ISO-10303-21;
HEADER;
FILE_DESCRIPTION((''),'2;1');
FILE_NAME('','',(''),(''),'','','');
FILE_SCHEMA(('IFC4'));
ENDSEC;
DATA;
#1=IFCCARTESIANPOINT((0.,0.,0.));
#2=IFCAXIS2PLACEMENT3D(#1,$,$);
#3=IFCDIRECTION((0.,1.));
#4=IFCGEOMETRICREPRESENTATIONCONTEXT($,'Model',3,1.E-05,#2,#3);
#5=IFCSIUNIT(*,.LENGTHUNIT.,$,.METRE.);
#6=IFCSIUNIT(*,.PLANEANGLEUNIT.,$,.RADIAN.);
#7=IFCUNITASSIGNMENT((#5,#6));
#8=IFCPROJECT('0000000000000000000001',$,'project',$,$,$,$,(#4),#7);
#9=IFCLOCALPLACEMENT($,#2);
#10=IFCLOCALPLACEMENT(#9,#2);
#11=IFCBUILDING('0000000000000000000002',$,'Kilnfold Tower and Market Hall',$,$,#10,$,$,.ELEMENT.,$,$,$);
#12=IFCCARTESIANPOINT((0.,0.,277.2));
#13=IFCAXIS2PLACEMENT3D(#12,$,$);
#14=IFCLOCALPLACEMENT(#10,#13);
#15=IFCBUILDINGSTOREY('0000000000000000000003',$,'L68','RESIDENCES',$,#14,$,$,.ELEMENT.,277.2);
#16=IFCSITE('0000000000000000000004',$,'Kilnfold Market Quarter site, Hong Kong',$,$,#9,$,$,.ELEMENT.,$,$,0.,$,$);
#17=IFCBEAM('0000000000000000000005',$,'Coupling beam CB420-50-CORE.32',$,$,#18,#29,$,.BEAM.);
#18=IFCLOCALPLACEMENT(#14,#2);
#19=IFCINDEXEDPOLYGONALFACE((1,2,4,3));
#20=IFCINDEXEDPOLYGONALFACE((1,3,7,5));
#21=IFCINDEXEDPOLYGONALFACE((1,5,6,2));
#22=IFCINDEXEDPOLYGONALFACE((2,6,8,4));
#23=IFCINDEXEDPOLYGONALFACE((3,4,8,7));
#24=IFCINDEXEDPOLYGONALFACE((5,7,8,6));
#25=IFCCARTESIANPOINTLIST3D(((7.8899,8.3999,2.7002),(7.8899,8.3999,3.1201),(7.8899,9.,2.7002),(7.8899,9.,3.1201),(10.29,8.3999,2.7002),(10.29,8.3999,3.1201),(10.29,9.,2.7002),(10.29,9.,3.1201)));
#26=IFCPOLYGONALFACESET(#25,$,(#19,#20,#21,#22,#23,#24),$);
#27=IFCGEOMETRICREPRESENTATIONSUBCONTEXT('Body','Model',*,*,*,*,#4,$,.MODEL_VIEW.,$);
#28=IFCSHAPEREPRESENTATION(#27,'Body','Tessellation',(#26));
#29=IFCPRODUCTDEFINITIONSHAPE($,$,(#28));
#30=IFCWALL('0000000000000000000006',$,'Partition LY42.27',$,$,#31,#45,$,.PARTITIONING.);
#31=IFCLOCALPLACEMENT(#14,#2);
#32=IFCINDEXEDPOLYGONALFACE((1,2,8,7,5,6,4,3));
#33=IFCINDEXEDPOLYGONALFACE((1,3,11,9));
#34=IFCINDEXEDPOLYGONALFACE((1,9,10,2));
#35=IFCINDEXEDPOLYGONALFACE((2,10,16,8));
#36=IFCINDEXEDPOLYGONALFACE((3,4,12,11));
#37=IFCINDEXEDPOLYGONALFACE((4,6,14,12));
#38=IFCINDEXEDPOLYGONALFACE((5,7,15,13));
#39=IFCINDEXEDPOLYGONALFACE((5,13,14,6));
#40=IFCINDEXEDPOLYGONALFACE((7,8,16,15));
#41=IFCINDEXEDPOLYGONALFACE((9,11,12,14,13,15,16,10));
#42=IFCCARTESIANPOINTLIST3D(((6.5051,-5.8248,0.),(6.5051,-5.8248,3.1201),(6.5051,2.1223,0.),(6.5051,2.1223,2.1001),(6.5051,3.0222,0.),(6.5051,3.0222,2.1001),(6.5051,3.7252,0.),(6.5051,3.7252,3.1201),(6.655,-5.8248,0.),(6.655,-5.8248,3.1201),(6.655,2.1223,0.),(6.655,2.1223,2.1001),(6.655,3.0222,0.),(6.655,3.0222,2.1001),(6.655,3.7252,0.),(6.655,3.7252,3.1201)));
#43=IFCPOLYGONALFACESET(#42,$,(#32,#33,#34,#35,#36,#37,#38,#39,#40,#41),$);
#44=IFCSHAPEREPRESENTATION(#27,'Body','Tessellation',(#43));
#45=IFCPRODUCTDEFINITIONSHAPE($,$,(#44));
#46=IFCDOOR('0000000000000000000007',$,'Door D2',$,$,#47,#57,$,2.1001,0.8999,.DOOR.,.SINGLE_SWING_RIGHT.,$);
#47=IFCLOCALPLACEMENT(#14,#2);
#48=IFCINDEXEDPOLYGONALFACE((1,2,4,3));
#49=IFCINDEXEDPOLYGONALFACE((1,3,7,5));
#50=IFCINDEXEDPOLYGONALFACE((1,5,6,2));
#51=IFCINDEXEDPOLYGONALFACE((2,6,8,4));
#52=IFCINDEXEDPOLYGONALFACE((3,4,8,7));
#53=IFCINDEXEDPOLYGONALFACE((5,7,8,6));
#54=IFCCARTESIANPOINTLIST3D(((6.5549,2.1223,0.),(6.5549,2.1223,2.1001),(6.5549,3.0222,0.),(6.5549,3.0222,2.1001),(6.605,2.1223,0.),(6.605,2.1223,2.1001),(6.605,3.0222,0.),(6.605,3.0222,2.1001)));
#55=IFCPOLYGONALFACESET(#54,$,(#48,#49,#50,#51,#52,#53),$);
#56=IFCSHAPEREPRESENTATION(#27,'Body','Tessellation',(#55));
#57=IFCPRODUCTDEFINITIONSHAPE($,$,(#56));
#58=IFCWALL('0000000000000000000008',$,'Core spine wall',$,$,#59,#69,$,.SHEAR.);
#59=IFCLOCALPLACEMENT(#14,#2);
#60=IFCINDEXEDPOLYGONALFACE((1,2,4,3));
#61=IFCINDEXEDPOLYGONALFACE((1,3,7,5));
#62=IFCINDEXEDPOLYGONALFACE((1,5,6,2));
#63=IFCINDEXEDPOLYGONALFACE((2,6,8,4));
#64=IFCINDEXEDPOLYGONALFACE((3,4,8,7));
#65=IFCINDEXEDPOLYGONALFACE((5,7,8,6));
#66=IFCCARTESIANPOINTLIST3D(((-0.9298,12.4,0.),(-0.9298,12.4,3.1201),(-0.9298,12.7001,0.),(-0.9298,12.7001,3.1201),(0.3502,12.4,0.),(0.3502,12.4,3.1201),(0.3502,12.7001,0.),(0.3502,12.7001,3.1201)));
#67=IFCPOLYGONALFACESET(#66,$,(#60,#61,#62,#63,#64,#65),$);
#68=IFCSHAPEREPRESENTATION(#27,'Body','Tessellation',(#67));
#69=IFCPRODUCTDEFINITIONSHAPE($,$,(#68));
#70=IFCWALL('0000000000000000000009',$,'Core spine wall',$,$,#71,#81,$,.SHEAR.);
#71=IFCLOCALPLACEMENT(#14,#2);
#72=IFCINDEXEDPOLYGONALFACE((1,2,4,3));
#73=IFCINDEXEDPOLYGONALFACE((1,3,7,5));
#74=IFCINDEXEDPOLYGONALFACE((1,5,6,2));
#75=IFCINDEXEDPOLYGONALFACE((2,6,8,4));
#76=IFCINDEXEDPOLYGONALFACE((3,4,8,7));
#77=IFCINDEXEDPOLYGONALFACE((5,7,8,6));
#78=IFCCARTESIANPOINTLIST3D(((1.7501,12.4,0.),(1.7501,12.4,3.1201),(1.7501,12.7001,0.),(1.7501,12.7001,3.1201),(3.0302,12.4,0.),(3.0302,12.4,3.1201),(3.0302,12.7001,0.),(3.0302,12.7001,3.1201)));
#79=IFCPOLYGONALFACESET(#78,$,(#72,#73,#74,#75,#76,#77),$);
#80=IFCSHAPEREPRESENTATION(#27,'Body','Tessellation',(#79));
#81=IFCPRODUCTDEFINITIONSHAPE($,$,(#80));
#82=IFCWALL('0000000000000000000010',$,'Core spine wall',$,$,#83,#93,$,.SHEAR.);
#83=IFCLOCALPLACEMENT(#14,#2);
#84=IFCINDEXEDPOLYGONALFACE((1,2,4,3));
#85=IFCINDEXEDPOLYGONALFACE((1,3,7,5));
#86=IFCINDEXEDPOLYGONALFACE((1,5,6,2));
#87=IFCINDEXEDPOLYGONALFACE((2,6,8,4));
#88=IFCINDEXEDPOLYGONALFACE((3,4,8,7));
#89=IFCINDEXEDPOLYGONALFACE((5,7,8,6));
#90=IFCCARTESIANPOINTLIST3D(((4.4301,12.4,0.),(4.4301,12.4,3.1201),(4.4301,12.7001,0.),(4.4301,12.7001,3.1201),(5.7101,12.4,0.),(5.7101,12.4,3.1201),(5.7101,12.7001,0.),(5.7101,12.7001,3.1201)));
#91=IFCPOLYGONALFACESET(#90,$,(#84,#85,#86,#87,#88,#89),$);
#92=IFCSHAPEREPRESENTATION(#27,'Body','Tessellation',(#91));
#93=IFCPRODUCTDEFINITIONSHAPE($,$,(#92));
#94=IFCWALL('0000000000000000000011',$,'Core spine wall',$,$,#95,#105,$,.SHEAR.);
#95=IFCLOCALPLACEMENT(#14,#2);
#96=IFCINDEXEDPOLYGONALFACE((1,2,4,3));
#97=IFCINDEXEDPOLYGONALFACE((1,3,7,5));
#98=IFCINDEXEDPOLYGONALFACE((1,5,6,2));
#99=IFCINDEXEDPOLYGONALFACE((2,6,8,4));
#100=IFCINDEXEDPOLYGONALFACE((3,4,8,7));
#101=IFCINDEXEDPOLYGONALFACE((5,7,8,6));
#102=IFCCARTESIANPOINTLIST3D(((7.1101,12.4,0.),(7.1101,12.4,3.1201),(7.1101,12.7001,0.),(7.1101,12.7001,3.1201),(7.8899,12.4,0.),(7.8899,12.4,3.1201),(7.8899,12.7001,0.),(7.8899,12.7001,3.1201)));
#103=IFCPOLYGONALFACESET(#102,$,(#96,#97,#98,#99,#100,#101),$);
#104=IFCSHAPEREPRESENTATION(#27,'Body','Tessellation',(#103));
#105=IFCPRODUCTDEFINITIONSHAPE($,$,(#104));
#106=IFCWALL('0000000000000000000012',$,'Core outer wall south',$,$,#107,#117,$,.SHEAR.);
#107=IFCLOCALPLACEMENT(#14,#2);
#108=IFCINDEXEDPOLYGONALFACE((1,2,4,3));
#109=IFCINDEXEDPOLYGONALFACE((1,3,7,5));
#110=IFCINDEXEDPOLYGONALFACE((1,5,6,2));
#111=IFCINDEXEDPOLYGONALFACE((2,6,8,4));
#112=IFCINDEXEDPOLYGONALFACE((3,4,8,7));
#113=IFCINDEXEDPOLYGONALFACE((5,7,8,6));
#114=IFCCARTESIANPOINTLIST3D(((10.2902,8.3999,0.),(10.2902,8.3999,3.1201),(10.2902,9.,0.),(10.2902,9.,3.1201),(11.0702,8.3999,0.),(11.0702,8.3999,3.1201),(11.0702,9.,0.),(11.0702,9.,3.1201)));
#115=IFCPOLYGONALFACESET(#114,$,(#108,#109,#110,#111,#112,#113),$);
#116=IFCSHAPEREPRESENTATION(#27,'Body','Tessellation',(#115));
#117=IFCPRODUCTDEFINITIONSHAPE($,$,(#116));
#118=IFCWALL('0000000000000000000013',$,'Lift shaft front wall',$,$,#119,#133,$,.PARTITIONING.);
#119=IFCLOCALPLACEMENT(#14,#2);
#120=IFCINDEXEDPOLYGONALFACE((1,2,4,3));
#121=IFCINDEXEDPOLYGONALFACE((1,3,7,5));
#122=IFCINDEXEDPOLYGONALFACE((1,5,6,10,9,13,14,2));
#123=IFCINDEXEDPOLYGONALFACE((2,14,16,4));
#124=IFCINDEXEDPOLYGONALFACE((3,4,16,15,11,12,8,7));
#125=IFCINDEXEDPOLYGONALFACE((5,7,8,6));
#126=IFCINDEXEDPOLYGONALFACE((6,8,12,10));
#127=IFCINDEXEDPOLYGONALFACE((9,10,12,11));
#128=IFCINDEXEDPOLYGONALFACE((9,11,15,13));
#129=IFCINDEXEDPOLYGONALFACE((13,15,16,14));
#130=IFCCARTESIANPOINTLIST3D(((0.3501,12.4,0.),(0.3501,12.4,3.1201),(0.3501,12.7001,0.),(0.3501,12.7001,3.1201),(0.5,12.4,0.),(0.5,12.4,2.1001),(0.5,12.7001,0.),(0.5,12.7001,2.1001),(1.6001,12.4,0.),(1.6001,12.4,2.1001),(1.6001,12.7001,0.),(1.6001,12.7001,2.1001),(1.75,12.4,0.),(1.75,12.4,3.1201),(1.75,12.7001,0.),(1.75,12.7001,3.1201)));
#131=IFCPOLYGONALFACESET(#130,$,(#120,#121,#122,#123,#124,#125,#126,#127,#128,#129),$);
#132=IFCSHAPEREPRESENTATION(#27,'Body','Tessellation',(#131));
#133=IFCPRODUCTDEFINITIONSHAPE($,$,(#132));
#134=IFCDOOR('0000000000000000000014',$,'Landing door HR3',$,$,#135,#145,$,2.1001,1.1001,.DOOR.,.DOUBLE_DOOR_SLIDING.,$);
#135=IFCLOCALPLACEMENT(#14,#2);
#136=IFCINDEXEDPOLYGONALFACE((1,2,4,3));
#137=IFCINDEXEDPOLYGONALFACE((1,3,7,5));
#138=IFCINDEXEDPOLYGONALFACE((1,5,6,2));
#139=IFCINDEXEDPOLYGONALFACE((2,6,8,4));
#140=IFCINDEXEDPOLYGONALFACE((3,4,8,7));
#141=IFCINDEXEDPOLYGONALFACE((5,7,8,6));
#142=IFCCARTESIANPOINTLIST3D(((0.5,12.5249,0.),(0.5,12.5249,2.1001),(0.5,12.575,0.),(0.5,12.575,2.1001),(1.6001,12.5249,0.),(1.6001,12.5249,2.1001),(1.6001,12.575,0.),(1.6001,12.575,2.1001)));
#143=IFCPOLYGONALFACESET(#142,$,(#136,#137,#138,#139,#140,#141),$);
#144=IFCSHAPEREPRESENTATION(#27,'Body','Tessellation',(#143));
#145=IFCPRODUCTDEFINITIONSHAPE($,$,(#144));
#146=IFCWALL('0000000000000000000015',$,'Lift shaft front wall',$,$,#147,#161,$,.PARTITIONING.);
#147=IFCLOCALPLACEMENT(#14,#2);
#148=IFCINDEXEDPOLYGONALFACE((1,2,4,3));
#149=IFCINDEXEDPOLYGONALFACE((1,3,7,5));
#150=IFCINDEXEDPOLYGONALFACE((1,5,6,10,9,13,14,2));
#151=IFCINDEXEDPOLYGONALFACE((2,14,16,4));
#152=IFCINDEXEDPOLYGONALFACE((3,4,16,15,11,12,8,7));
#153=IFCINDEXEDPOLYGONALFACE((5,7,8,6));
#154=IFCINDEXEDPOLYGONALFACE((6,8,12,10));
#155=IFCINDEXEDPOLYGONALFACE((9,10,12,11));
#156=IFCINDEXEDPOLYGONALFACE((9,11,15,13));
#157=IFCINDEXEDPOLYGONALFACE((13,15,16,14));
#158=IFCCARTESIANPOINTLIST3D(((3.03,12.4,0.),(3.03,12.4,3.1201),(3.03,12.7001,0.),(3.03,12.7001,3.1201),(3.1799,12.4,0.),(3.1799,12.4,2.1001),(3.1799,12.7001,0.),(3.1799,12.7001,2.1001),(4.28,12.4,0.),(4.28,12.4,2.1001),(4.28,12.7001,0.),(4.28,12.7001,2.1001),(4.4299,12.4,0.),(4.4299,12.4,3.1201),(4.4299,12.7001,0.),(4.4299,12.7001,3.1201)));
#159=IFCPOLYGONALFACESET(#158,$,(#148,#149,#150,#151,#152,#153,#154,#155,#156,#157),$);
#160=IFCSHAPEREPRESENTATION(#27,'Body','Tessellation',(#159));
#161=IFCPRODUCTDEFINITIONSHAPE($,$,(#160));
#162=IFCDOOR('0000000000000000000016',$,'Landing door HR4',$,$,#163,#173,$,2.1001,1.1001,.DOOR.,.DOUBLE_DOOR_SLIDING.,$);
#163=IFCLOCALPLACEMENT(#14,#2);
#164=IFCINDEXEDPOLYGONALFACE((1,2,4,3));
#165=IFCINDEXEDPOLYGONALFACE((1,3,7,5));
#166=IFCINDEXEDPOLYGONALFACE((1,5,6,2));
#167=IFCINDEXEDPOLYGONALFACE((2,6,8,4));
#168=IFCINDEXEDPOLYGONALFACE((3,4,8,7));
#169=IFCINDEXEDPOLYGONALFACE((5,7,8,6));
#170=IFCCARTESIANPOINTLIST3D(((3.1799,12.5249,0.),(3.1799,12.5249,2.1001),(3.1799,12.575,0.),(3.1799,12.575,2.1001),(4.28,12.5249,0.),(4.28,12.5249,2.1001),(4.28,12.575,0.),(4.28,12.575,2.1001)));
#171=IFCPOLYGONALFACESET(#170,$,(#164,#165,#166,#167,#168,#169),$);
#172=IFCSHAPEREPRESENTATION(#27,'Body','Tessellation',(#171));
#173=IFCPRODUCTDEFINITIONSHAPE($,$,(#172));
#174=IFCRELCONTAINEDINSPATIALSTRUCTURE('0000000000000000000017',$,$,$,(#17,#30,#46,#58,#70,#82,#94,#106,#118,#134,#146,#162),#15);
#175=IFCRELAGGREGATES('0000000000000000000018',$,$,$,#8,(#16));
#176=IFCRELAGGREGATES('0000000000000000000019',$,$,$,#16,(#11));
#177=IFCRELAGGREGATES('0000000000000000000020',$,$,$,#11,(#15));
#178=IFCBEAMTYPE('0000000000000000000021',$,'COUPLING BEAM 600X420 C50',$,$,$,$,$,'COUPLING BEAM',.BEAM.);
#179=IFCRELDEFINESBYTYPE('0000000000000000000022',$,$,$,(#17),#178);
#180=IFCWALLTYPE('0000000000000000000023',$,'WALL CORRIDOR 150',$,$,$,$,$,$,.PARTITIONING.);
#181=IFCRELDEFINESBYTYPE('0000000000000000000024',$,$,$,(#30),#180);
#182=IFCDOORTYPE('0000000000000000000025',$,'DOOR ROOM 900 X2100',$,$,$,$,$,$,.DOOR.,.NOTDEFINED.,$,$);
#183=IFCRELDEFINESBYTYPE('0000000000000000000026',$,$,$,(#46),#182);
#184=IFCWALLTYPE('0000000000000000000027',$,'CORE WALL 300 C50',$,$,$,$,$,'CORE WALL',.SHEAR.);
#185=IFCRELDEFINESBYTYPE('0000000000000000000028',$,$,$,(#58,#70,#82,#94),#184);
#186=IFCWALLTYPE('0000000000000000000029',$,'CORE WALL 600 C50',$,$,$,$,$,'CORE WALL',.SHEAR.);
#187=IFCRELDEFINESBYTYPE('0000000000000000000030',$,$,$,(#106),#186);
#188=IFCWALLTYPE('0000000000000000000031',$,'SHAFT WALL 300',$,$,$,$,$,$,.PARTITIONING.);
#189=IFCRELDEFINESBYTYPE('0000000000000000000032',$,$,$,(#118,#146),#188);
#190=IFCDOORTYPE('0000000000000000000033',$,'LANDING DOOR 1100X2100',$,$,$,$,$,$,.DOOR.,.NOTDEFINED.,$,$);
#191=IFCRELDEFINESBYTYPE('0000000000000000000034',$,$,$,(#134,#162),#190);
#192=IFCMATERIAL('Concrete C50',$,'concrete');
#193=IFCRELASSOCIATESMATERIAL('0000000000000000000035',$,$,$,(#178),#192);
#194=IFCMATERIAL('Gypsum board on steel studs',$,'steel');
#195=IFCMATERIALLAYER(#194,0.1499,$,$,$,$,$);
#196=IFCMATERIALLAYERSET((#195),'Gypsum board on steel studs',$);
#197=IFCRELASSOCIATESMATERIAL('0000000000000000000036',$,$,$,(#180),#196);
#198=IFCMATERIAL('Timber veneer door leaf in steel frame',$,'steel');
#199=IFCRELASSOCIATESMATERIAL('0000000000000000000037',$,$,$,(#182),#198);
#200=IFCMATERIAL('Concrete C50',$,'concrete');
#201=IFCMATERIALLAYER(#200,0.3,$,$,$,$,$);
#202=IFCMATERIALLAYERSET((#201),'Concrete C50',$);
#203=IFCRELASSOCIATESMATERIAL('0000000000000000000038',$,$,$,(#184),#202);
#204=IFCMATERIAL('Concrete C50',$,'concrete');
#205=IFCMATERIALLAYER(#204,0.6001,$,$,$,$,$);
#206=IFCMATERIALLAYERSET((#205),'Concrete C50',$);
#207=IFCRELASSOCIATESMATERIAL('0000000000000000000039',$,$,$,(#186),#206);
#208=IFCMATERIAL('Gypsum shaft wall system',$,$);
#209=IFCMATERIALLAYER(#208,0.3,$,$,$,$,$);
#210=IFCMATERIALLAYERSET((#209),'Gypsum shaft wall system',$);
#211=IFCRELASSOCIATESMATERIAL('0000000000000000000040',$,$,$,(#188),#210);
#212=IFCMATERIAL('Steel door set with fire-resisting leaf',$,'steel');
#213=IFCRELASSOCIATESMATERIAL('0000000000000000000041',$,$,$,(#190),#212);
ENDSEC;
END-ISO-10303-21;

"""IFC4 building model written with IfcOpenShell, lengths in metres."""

from ifc_helpers import new_model, si_unit, direction, frame, frame_2d, origin, origin_2d, place, context, subcontext, project, spatial, rectangle, extrude, source, transform, mapped, material, layer, layer_set, material_profile, profile_set, type_object, element, fill, save


model = new_model("IFC4")

# Units and contexts
model_context = context("Model", 3, precision=1e-05, world=origin(), true_north=direction((0.0, 1.0)))
body_context = subcontext(model_context, "Body", "Model", "MODEL_VIEW")
ifc_project = project(units=[si_unit("LENGTHUNIT", "METRE"), si_unit("PLANEANGLEUNIT", "RADIAN")], contexts=[model_context])

# Site, building, storey
site_placement = place(None, origin())
site = spatial("IfcSite", under=ifc_project, at=site_placement, Name="Kilnfold Market Quarter site, Hong Kong", CompositionType="ELEMENT", RefElevation=0.0)
building_placement = place(site_placement, origin())
building = spatial("IfcBuilding", under=site, at=building_placement, Name="Kilnfold Tower and Market Hall", CompositionType="ELEMENT")
storey_placement = place(building_placement, frame((0.0, 0.0, 277.2)))
storey = spatial("IfcBuildingStorey", under=building, at=storey_placement, Name="L68", Description="RESIDENCES", CompositionType="ELEMENT", Elevation=277.2)

# Beam
ifc_material_1 = material(Name="Concrete C50", Category="concrete")
ifc_material_profile = material_profile(ifc_material_1, rectangle(XDim=0.6001, YDim=0.4199, at=origin_2d()), Name="RC 600x420")
ifc_profile_set = profile_set([ifc_material_profile], Name="Concrete C50")
beam_type = type_object("IfcBeamType", Name="COUPLING BEAM 600X420 C50", ElementType="COUPLING BEAM", PredefinedType="BEAM", material=ifc_profile_set)
shared_shape_1 = source(origin(), body_context, "Body", "SweptSolid", [
    extrude(rectangle(XDim=0.6001, YDim=0.4199, at=origin_2d()), origin(), (0.0, 0.0, 1.0), 2.4001),
])
beam_placement = place(storey_placement, frame((7.8899, 8.7, 2.9102), z_axis=(1.0, 0.0, 0.0), x_axis=(0.0, 1.0, 0.0)))
element("IfcBeam", 1, at=beam_placement, inside=storey, type_object=beam_type, Name="Coupling beam CB420-50-CORE.32", PredefinedType="BEAM", context=body_context, shape_type="MappedRepresentation", body=[
    mapped(shared_shape_1, transform((0.0, 0.0, 0.0))),
])

# Wall, opening, door
ifc_material_2 = material(Name="Gypsum board on steel studs", Category="steel")
ifc_layer_1 = layer(ifc_material_2, 0.1499)
ifc_layer_set_1 = layer_set([ifc_layer_1], Name="Gypsum board on steel studs")
wall_type_1 = type_object("IfcWallType", Name="WALL CORRIDOR 150", PredefinedType="PARTITIONING", material=ifc_layer_set_1)
wall_1_placement = place(storey_placement, frame((6.5801, 3.7251, 0.0), z_axis=(0.0, 0.0, 1.0), x_axis=(0.0, -1.0, 0.0)))
wall_1 = element("IfcWall", 2, at=wall_1_placement, inside=storey, type_object=wall_type_1, Name="Partition LY42.27", PredefinedType="PARTITIONING", context=body_context, shape_type="SweptSolid", body=[
    extrude(rectangle(XDim=9.55, YDim=0.1499, at=frame_2d((4.7749, 0.0))), origin(), (0.0, 0.0, 1.0), 3.1201),
])
opening_1_placement = place(wall_1_placement, frame((0.7029, 0.0, 0.0)))
opening_1 = element("IfcOpeningElement", 3, at=opening_1_placement, cuts=wall_1, PredefinedType="OPENING", context=body_context, shape_type="SweptSolid", body=[
    extrude(rectangle(XDim=0.8999, YDim=2.1001, at=frame_2d((0.45, 1.05))), frame((0.0, 0.085, 0.0), z_axis=(0.0, -1.0, 0.0), x_axis=(1.0, 0.0, 0.0)), (0.0, 0.0, 1.0), 0.1699),
])
ifc_material_3 = material(Name="Timber veneer door leaf in steel frame", Category="steel")
door_type_1 = type_object("IfcDoorType", Name="DOOR ROOM 900 X2100", OperationType="NOTDEFINED", PredefinedType="DOOR", material=ifc_material_3)
door_1_placement = place(opening_1_placement, origin())
door_1 = element("IfcDoor", 4, at=door_1_placement, inside=storey, type_object=door_type_1, Name="Door D2", OperationType="SINGLE_SWING_RIGHT", OverallHeight=2.1001, OverallWidth=0.8999, PredefinedType="DOOR", context=body_context, shape_type="SweptSolid", body=[
    extrude(rectangle(XDim=0.8999, YDim=2.1001, at=frame_2d((0.45, 1.05))), frame((0.0, 0.0249, 0.0), z_axis=(0.0, -1.0, 0.0), x_axis=(1.0, 0.0, 0.0)), (0.0, 0.0, 1.0), 0.05),
])
fill(opening_1, door_1)

# Walls
ifc_material_4 = material(Name="Concrete C50", Category="concrete")
ifc_layer_2 = layer(ifc_material_4, 0.3)
ifc_layer_set_2 = layer_set([ifc_layer_2], Name="Concrete C50")
wall_type_2 = type_object("IfcWallType", Name="CORE WALL 300 C50", ElementType="CORE WALL", PredefinedType="SHEAR", material=ifc_layer_set_2)
shared_shape_2 = source(origin(), body_context, "Body", "SweptSolid", [
    extrude(rectangle(XDim=1.28, YDim=0.3, at=frame_2d((0.6401, 0.0))), origin(), (0.0, 0.0, 1.0), 3.1201),
])
for number, where, z_axis, x_axis, name in (
    (5, (-0.9299, 12.55, 0.0), (0.0, 0.0, 1.0), (1.0, 0.0, 0.0), "Core spine wall"),
    (6, (1.75, 12.55, 0.0), (0.0, 0.0, 1.0), (1.0, 0.0, 0.0), "Core spine wall"),
    (7, (4.4299, 12.55, 0.0), (0.0, 0.0, 1.0), (1.0, 0.0, 0.0), "Core spine wall"),
):
    element("IfcWall", number, at=place(storey_placement, frame(where, z_axis=z_axis, x_axis=x_axis)), inside=storey, type_object=wall_type_2, Name=name, PredefinedType="SHEAR", context=body_context, shape_type="MappedRepresentation", body=[
        mapped(shared_shape_2, transform((0.0, 0.0, 0.0))),
    ])
shared_shape_3 = source(origin(), body_context, "Body", "SweptSolid", [
    extrude(rectangle(XDim=0.7798, YDim=0.3, at=frame_2d((0.3899, 0.0))), origin(), (0.0, 0.0, 1.0), 3.1201),
])
wall_2_placement = place(storey_placement, frame((7.1101, 12.55, 0.0), z_axis=(0.0, 0.0, 1.0), x_axis=(1.0, 0.0, 0.0)))
element("IfcWall", 8, at=wall_2_placement, inside=storey, type_object=wall_type_2, Name="Core spine wall", PredefinedType="SHEAR", context=body_context, shape_type="MappedRepresentation", body=[
    mapped(shared_shape_3, transform((0.0, 0.0, 0.0))),
])
ifc_material_5 = material(Name="Concrete C50", Category="concrete")
ifc_layer_3 = layer(ifc_material_5, 0.6001)
ifc_layer_set_3 = layer_set([ifc_layer_3], Name="Concrete C50")
wall_type_3 = type_object("IfcWallType", Name="CORE WALL 600 C50", ElementType="CORE WALL", PredefinedType="SHEAR", material=ifc_layer_set_3)
shared_shape_4 = source(origin(), body_context, "Body", "SweptSolid", [
    extrude(rectangle(XDim=0.78, YDim=0.6001, at=frame_2d((0.3901, 0.0))), origin(), (0.0, 0.0, 1.0), 3.1201),
])
wall_3_placement = place(storey_placement, frame((10.29, 8.7, 0.0), z_axis=(0.0, 0.0, 1.0), x_axis=(1.0, 0.0, 0.0)))
element("IfcWall", 9, at=wall_3_placement, inside=storey, type_object=wall_type_3, Name="Core outer wall south", PredefinedType="SHEAR", context=body_context, shape_type="MappedRepresentation", body=[
    mapped(shared_shape_4, transform((0.0, 0.0, 0.0))),
])

# Walls, openings, doors
ifc_material_6 = material(Name="Gypsum shaft wall system")
ifc_layer_4 = layer(ifc_material_6, 0.3)
ifc_layer_set_4 = layer_set([ifc_layer_4], Name="Gypsum shaft wall system")
wall_type_4 = type_object("IfcWallType", Name="SHAFT WALL 300", PredefinedType="PARTITIONING", material=ifc_layer_set_4)
shared_shape_5 = source(origin(), body_context, "Body", "SweptSolid", [
    extrude(rectangle(XDim=1.3999, YDim=0.3, at=frame_2d((0.7, 0.0))), origin(), (0.0, 0.0, 1.0), 3.1201),
])
wall_4_placement = place(storey_placement, frame((0.3501, 12.55, 0.0), z_axis=(0.0, 0.0, 1.0), x_axis=(1.0, 0.0, 0.0)))
wall_4 = element("IfcWall", 10, at=wall_4_placement, inside=storey, type_object=wall_type_4, Name="Lift shaft front wall", PredefinedType="PARTITIONING", context=body_context, shape_type="MappedRepresentation", body=[
    mapped(shared_shape_5, transform((0.0, 0.0, 0.0))),
])
opening_2_placement = place(wall_4_placement, frame((0.1499, 0.0, 0.0)))
opening_2 = element("IfcOpeningElement", 11, at=opening_2_placement, cuts=wall_4, PredefinedType="OPENING", context=body_context, shape_type="SweptSolid", body=[
    extrude(rectangle(XDim=1.1001, YDim=2.1001, at=frame_2d((0.55, 1.05))), frame((0.0, 0.1602, 0.0), z_axis=(0.0, -1.0, 0.0), x_axis=(1.0, 0.0, 0.0)), (0.0, 0.0, 1.0), 0.3201),
])
ifc_material_7 = material(Name="Steel door set with fire-resisting leaf", Category="steel")
door_type_2 = type_object("IfcDoorType", Name="LANDING DOOR 1100X2100", OperationType="NOTDEFINED", PredefinedType="DOOR", material=ifc_material_7)
door_2_placement = place(opening_2_placement, origin())
door_2 = element("IfcDoor", 12, at=door_2_placement, inside=storey, type_object=door_type_2, Name="Landing door HR3", OperationType="DOUBLE_DOOR_SLIDING", OverallHeight=2.1001, OverallWidth=1.1001, PredefinedType="DOOR", context=body_context, shape_type="SweptSolid", body=[
    extrude(rectangle(XDim=1.1001, YDim=2.1001, at=frame_2d((0.55, 1.05))), frame((0.0, 0.0249, 0.0), z_axis=(0.0, -1.0, 0.0), x_axis=(1.0, 0.0, 0.0)), (0.0, 0.0, 1.0), 0.05),
])
fill(opening_2, door_2)
wall_5_placement = place(storey_placement, frame((3.03, 12.55, 0.0), z_axis=(0.0, 0.0, 1.0), x_axis=(1.0, 0.0, 0.0)))
wall_5 = element("IfcWall", 13, at=wall_5_placement, inside=storey, type_object=wall_type_4, Name="Lift shaft front wall", PredefinedType="PARTITIONING", context=body_context, shape_type="MappedRepresentation", body=[
    mapped(shared_shape_5, transform((0.0, 0.0, 0.0))),
])
opening_3_placement = place(wall_5_placement, frame((0.1499, 0.0, 0.0)))
opening_3 = element("IfcOpeningElement", 14, at=opening_3_placement, cuts=wall_5, PredefinedType="OPENING", context=body_context, shape_type="SweptSolid", body=[
    extrude(rectangle(XDim=1.1001, YDim=2.1001, at=frame_2d((0.55, 1.05))), frame((0.0, 0.1602, 0.0), z_axis=(0.0, -1.0, 0.0), x_axis=(1.0, 0.0, 0.0)), (0.0, 0.0, 1.0), 0.3201),
])
door_3_placement = place(opening_3_placement, origin())
door_3 = element("IfcDoor", 15, at=door_3_placement, inside=storey, type_object=door_type_2, Name="Landing door HR4", OperationType="DOUBLE_DOOR_SLIDING", OverallHeight=2.1001, OverallWidth=1.1001, PredefinedType="DOOR", context=body_context, shape_type="SweptSolid", body=[
    extrude(rectangle(XDim=1.1001, YDim=2.1001, at=frame_2d((0.55, 1.05))), frame((0.0, 0.0249, 0.0), z_axis=(0.0, -1.0, 0.0), x_axis=(1.0, 0.0, 0.0)), (0.0, 0.0, 1.0), 0.05),
])
fill(opening_3, door_3)

save(model, "model.ifc")
